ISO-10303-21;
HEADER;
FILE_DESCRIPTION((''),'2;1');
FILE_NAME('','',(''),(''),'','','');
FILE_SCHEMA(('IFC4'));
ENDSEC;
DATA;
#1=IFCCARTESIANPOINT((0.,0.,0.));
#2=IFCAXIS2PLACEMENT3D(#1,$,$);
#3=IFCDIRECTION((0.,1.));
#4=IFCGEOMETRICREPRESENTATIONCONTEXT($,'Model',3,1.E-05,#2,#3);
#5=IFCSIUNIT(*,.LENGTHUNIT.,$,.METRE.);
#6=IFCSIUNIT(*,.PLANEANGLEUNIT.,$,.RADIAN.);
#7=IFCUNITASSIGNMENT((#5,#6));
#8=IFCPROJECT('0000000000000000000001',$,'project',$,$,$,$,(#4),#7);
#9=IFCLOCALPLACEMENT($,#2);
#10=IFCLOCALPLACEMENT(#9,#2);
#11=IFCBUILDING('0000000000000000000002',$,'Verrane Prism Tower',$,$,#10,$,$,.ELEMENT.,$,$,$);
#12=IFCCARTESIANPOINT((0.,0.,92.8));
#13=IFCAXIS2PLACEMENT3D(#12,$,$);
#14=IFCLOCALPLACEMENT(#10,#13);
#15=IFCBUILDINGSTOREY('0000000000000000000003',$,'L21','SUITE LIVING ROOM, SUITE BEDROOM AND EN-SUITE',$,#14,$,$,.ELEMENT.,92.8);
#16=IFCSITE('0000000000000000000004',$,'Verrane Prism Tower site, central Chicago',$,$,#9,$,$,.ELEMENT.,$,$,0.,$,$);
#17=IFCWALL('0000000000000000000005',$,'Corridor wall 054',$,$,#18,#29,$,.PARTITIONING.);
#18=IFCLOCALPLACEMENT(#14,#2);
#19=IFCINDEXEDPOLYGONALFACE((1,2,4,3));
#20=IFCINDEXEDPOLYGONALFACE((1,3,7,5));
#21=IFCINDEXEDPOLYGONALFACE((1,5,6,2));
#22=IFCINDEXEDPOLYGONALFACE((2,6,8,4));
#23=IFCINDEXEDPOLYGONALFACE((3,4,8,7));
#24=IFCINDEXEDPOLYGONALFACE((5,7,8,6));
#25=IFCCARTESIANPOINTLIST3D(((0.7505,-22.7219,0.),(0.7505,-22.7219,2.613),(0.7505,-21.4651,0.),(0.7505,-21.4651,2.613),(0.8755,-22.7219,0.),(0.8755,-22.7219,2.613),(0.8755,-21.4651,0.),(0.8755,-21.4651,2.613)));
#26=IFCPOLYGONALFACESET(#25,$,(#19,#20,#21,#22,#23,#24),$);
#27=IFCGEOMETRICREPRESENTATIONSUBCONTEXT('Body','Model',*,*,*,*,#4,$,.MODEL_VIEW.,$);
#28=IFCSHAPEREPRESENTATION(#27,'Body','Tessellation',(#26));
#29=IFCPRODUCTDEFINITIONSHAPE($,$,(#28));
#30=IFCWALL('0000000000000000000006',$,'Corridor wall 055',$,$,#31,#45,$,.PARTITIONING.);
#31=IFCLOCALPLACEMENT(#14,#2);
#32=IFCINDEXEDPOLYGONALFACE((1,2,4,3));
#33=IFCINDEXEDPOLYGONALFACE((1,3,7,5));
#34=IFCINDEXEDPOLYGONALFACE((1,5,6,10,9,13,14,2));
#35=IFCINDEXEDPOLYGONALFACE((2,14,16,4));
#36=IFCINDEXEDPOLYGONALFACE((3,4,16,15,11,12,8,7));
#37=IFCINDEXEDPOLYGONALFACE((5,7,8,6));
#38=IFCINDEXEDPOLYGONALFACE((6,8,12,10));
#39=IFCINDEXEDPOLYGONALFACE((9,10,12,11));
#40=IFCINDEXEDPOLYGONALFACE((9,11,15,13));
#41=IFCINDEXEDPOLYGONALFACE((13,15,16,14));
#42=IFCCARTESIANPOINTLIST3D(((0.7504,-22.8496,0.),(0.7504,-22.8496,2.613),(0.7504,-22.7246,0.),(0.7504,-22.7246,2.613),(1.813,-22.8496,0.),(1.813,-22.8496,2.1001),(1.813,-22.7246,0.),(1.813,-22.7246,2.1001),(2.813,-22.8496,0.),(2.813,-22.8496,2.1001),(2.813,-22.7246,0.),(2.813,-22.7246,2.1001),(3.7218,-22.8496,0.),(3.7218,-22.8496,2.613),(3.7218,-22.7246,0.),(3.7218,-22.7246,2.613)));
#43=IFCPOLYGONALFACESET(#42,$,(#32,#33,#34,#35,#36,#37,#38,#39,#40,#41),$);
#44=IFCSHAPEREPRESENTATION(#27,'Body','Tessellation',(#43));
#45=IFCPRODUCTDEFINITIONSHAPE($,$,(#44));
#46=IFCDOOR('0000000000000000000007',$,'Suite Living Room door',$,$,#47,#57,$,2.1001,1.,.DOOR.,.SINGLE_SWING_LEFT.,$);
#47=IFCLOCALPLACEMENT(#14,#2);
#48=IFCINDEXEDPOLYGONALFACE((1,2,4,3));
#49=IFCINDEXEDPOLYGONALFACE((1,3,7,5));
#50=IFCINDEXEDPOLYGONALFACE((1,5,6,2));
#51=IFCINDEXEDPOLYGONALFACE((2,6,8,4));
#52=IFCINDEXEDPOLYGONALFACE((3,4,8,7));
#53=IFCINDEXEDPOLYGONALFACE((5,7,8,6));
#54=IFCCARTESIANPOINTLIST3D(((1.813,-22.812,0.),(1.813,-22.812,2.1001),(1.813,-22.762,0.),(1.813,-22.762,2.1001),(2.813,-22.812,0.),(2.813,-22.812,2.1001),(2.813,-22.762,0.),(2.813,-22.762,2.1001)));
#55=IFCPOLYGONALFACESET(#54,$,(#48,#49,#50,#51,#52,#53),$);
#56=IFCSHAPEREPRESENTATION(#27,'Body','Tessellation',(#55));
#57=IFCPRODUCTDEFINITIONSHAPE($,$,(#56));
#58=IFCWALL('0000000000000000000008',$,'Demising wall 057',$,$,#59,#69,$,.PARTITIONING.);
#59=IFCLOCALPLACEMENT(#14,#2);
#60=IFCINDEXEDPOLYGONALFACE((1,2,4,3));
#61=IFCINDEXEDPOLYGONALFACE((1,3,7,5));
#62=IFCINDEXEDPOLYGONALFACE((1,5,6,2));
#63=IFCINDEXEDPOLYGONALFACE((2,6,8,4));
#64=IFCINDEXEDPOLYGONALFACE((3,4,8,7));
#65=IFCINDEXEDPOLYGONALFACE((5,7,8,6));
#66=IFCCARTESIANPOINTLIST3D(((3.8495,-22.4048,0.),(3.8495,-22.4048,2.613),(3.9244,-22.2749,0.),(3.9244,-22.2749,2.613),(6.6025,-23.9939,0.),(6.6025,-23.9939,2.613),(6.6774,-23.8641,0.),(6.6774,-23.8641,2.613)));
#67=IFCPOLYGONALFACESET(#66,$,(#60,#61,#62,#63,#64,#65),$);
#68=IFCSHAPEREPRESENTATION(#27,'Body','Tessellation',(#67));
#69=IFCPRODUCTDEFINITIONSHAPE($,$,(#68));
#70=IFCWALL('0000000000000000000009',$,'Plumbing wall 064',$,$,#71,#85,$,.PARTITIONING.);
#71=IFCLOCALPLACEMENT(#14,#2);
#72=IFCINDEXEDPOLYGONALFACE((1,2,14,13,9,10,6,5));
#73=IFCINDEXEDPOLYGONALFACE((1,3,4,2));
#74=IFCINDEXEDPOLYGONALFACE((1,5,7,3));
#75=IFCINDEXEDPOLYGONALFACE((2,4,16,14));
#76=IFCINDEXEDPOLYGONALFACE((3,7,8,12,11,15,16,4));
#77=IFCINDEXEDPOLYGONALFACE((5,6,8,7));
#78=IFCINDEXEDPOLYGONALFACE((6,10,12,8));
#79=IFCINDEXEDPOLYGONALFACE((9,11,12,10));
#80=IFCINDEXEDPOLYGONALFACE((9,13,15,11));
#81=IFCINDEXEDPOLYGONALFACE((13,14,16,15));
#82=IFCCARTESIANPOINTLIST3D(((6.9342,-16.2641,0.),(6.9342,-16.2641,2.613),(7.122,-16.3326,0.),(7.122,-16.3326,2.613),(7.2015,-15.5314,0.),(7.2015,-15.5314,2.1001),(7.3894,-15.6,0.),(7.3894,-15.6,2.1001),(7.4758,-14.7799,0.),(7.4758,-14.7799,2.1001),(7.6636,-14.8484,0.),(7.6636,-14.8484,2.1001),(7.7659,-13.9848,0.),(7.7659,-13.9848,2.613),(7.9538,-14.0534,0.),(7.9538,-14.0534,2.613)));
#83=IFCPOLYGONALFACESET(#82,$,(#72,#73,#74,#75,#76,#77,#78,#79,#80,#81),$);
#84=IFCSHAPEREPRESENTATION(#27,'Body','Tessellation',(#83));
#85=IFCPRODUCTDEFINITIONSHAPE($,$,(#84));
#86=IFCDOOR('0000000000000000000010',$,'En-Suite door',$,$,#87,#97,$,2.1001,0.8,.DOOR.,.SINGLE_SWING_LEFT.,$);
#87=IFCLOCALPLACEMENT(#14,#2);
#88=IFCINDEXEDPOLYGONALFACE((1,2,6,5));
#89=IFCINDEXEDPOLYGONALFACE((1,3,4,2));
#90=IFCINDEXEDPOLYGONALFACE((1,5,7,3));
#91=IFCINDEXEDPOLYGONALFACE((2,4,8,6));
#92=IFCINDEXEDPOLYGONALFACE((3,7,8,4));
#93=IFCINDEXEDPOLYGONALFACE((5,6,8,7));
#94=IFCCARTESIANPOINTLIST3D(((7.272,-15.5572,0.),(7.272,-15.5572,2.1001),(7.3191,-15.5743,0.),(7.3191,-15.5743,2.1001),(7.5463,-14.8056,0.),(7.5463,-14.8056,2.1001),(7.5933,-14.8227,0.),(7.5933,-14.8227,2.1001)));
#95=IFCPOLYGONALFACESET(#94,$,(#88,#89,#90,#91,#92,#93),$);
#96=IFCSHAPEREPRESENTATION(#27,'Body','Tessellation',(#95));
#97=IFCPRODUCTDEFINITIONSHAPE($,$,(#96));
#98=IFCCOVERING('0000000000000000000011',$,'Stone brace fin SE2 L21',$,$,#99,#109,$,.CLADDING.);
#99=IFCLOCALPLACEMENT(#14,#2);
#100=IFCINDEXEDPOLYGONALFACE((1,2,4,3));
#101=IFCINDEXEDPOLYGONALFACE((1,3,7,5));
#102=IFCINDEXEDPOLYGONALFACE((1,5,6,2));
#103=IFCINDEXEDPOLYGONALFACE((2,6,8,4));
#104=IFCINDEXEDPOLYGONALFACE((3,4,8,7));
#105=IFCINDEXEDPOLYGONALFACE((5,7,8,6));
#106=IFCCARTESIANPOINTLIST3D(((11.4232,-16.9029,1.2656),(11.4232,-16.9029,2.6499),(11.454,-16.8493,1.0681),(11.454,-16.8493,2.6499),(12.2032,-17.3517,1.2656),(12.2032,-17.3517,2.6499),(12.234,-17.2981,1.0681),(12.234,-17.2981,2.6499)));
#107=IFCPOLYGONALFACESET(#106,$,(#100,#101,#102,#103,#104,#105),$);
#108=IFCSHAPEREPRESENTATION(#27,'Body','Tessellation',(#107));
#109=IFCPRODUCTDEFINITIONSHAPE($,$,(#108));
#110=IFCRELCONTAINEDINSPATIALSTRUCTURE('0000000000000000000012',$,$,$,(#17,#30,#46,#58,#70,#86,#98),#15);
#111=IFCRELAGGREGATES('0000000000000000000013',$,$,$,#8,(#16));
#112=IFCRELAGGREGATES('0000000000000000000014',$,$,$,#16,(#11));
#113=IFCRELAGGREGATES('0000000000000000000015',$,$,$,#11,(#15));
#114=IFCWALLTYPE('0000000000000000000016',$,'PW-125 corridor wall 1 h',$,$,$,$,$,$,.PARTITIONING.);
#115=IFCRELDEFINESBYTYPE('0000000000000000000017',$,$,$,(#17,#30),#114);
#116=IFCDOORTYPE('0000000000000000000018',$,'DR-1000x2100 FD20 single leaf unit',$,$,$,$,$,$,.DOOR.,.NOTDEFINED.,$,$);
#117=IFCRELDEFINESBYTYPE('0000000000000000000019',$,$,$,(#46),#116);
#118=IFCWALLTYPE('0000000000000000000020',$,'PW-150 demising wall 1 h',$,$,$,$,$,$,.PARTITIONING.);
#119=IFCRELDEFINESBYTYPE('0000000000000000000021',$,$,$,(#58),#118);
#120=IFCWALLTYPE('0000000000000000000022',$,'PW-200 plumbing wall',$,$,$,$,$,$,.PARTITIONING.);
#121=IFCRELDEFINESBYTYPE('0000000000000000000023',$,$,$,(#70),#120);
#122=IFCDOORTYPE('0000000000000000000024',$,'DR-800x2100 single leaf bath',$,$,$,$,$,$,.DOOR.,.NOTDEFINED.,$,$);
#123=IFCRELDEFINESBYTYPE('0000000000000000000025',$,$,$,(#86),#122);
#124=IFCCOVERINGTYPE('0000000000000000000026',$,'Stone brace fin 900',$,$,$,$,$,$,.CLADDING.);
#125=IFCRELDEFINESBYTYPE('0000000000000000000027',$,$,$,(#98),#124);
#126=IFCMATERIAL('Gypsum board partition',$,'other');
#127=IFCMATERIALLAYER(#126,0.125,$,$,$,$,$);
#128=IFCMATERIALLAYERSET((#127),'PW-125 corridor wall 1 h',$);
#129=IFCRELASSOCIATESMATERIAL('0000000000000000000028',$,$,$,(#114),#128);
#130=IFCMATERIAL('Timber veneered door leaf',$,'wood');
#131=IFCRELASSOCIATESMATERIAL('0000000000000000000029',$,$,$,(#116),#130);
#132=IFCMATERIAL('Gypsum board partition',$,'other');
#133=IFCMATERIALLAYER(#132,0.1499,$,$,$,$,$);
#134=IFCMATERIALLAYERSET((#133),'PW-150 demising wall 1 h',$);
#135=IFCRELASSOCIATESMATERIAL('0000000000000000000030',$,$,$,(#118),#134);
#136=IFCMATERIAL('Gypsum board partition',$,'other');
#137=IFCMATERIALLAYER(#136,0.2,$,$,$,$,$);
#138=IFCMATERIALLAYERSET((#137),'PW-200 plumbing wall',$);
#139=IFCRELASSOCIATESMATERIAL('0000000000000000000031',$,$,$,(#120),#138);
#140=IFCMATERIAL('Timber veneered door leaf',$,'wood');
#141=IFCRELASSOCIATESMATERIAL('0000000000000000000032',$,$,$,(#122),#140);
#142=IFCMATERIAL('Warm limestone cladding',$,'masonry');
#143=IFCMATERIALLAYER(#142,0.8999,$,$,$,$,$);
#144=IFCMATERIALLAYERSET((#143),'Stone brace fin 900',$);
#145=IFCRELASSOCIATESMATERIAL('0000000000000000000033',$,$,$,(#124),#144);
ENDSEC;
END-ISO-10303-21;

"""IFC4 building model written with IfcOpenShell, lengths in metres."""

from ifc_helpers import new_model, si_unit, direction, frame, frame_2d, origin, place, context, subcontext, project, spatial, polyline, rectangle, outline, extrude, material, layer, layer_set, type_object, element, fill, save


model = new_model("IFC4")

# Units and contexts
model_context = context("Model", 3, precision=1e-05, world=origin(), true_north=direction((0.0, 1.0)))
body_context = subcontext(model_context, "Body", "Model", "MODEL_VIEW")
ifc_project = project(units=[si_unit("LENGTHUNIT", "METRE"), si_unit("PLANEANGLEUNIT", "RADIAN")], contexts=[model_context])

# Site, building, storey
site_placement = place(None, origin())
site = spatial("IfcSite", under=ifc_project, at=site_placement, Name="Verrane Prism Tower site, central Chicago", CompositionType="ELEMENT", RefElevation=0.0)
building_placement = place(site_placement, origin())
building = spatial("IfcBuilding", under=site, at=building_placement, Name="Verrane Prism Tower", CompositionType="ELEMENT")
storey_placement = place(building_placement, frame((0.0, 0.0, 92.8)))
storey = spatial("IfcBuildingStorey", under=building, at=storey_placement, Name="L21", Description="SUITE LIVING ROOM, SUITE BEDROOM AND EN-SUITE", CompositionType="ELEMENT", Elevation=92.8)

# Wall
ifc_material_1 = material(Name="Gypsum board partition", Category="other")
ifc_layer_1 = layer(ifc_material_1, 0.125)
ifc_layer_set_1 = layer_set([ifc_layer_1], Name="PW-125 corridor wall 1 h")
wall_type_1 = type_object("IfcWallType", Name="PW-125 corridor wall 1 h", PredefinedType="PARTITIONING", material=ifc_layer_set_1)
wall_1_placement = place(storey_placement, frame((0.813, -22.7219, 0.0), z_axis=(0.0, 0.0, 1.0), x_axis=(0.0, 1.0, 0.0)))
element("IfcWall", 1, at=wall_1_placement, inside=storey, type_object=wall_type_1, Name="Corridor wall 054", PredefinedType="PARTITIONING", context=body_context, shape_type="SweptSolid", body=[
    extrude(rectangle(XDim=1.2568, YDim=0.125, at=frame_2d((0.6284, 0.0))), origin(), (0.0, 0.0, 1.0), 2.613),
])

# Wall, opening, door
wall_2_placement = place(storey_placement, frame((3.7219, -22.7871, 0.0), z_axis=(0.0, 0.0, 1.0), x_axis=(-1.0, 0.0, 0.0)))
wall_2 = element("IfcWall", 2, at=wall_2_placement, inside=storey, type_object=wall_type_1, Name="Corridor wall 055", PredefinedType="PARTITIONING", context=body_context, shape_type="SweptSolid", body=[
    extrude(rectangle(XDim=2.9714, YDim=0.125, at=frame_2d((1.4858, 0.0))), origin(), (0.0, 0.0, 1.0), 2.613),
])
opening_1_placement = place(wall_2_placement, frame((0.9089, 0.0, 0.0)))
opening_1 = element("IfcOpeningElement", 3, at=opening_1_placement, cuts=wall_2, PredefinedType="OPENING", context=body_context, shape_type="SweptSolid", body=[
    extrude(rectangle(XDim=1.0, YDim=2.1001, at=frame_2d((0.5, 1.05))), frame((0.0, 0.0725, 0.0), z_axis=(0.0, -1.0, 0.0), x_axis=(1.0, 0.0, 0.0)), (0.0, 0.0, 1.0), 0.145),
])
ifc_material_2 = material(Name="Timber veneered door leaf", Category="wood")
door_type_1 = type_object("IfcDoorType", Name="DR-1000x2100 FD20 single leaf unit", OperationType="NOTDEFINED", PredefinedType="DOOR", material=ifc_material_2)
door_1_placement = place(opening_1_placement, origin())
door_1 = element("IfcDoor", 4, at=door_1_placement, inside=storey, type_object=door_type_1, Name="Suite Living Room door", OperationType="SINGLE_SWING_LEFT", OverallHeight=2.1001, OverallWidth=1.0, PredefinedType="DOOR", context=body_context, shape_type="SweptSolid", body=[
    extrude(rectangle(XDim=1.0, YDim=2.1001, at=frame_2d((0.5, 1.05))), frame((0.0, 0.0249, 0.0), z_axis=(0.0, -1.0, 0.0), x_axis=(1.0, 0.0, 0.0)), (0.0, 0.0, 1.0), 0.05),
])
fill(opening_1, door_1)

# Wall
ifc_material_3 = material(Name="Gypsum board partition", Category="other")
ifc_layer_2 = layer(ifc_material_3, 0.1499)
ifc_layer_set_2 = layer_set([ifc_layer_2], Name="PW-150 demising wall 1 h")
wall_type_2 = type_object("IfcWallType", Name="PW-150 demising wall 1 h", PredefinedType="PARTITIONING", material=ifc_layer_set_2)
wall_3_placement = place(storey_placement, frame((3.887, -22.3398, 0.0), z_axis=(0.0, 0.0, 1.0), x_axis=(0.866065, -0.499931, 0.0)))
element("IfcWall", 5, at=wall_3_placement, inside=storey, type_object=wall_type_2, Name="Demising wall 057", PredefinedType="PARTITIONING", context=body_context, shape_type="SweptSolid", body=[
    extrude(rectangle(XDim=3.1787, YDim=0.1499, at=frame_2d((1.5894, 0.0))), origin(), (0.0, 0.0, 1.0), 2.613),
])

# Wall, opening, door
ifc_material_4 = material(Name="Gypsum board partition", Category="other")
ifc_layer_3 = layer(ifc_material_4, 0.2)
ifc_layer_set_3 = layer_set([ifc_layer_3], Name="PW-200 plumbing wall")
wall_type_3 = type_object("IfcWallType", Name="PW-200 plumbing wall", PredefinedType="PARTITIONING", material=ifc_layer_set_3)
wall_4_placement = place(storey_placement, frame((7.0281, -16.2983, 0.0), z_axis=(0.0, 0.0, 1.0), x_axis=(0.342817, 0.939402, 0.0)))
wall_4 = element("IfcWall", 6, at=wall_4_placement, inside=storey, type_object=wall_type_3, Name="Plumbing wall 064", PredefinedType="PARTITIONING", context=body_context, shape_type="SweptSolid", body=[
    extrude(rectangle(XDim=2.4263, YDim=0.2, at=frame_2d((1.2131, 0.0))), origin(), (0.0, 0.0, 1.0), 2.613),
])
opening_2_placement = place(wall_4_placement, frame((0.78, 0.0, 0.0)))
opening_2 = element("IfcOpeningElement", 7, at=opening_2_placement, cuts=wall_4, PredefinedType="OPENING", context=body_context, shape_type="SweptSolid", body=[
    extrude(rectangle(XDim=0.8, YDim=2.1001, at=frame_2d((0.3999, 1.05))), frame((0.0, 0.1099, 0.0), z_axis=(0.0, -1.0, 0.0), x_axis=(1.0, 0.0, 0.0)), (0.0, 0.0, 1.0), 0.22),
])
ifc_material_5 = material(Name="Timber veneered door leaf", Category="wood")
door_type_2 = type_object("IfcDoorType", Name="DR-800x2100 single leaf bath", OperationType="NOTDEFINED", PredefinedType="DOOR", material=ifc_material_5)
door_2_placement = place(opening_2_placement, origin())
door_2 = element("IfcDoor", 8, at=door_2_placement, inside=storey, type_object=door_type_2, Name="En-Suite door", OperationType="SINGLE_SWING_LEFT", OverallHeight=2.1001, OverallWidth=0.8, PredefinedType="DOOR", context=body_context, shape_type="SweptSolid", body=[
    extrude(rectangle(XDim=0.8, YDim=2.1001, at=frame_2d((0.3999, 1.05))), frame((0.0, 0.0249, 0.0), z_axis=(0.0, -1.0, 0.0), x_axis=(1.0, 0.0, 0.0)), (0.0, 0.0, 1.0), 0.05),
])
fill(opening_2, door_2)

# Covering
ifc_material_6 = material(Name="Warm limestone cladding", Category="masonry")
ifc_layer_4 = layer(ifc_material_6, 0.8999)
ifc_layer_set_4 = layer_set([ifc_layer_4], Name="Stone brace fin 900")
covering_type = type_object("IfcCoveringType", Name="Stone brace fin 900", PredefinedType="CLADDING", material=ifc_layer_set_4)
covering_placement = place(storey_placement, frame((11.844, -17.0737, 1.0681), z_axis=(0.0, 0.0, 1.0), x_axis=(-0.498694, -0.866778, 0.0)))
element("IfcCovering", 9, at=covering_placement, inside=storey, type_object=covering_type, Name="Stone brace fin SE2 L21", PredefinedType="CLADDING", context=body_context, shape_type="SweptSolid", body=[
    extrude(outline(polyline([(0.0618, 1.5818), (0.0, 1.5818), (0.0, 0.0), (0.0618, 0.1975), (0.0618, 1.5818)])), frame((0.0, 0.45, 0.0), z_axis=(0.0, -1.0, 0.0), x_axis=(1.0, 0.0, 0.0)), (0.0, 0.0, 1.0), 0.8999),
])

save(model, "model.ifc")
